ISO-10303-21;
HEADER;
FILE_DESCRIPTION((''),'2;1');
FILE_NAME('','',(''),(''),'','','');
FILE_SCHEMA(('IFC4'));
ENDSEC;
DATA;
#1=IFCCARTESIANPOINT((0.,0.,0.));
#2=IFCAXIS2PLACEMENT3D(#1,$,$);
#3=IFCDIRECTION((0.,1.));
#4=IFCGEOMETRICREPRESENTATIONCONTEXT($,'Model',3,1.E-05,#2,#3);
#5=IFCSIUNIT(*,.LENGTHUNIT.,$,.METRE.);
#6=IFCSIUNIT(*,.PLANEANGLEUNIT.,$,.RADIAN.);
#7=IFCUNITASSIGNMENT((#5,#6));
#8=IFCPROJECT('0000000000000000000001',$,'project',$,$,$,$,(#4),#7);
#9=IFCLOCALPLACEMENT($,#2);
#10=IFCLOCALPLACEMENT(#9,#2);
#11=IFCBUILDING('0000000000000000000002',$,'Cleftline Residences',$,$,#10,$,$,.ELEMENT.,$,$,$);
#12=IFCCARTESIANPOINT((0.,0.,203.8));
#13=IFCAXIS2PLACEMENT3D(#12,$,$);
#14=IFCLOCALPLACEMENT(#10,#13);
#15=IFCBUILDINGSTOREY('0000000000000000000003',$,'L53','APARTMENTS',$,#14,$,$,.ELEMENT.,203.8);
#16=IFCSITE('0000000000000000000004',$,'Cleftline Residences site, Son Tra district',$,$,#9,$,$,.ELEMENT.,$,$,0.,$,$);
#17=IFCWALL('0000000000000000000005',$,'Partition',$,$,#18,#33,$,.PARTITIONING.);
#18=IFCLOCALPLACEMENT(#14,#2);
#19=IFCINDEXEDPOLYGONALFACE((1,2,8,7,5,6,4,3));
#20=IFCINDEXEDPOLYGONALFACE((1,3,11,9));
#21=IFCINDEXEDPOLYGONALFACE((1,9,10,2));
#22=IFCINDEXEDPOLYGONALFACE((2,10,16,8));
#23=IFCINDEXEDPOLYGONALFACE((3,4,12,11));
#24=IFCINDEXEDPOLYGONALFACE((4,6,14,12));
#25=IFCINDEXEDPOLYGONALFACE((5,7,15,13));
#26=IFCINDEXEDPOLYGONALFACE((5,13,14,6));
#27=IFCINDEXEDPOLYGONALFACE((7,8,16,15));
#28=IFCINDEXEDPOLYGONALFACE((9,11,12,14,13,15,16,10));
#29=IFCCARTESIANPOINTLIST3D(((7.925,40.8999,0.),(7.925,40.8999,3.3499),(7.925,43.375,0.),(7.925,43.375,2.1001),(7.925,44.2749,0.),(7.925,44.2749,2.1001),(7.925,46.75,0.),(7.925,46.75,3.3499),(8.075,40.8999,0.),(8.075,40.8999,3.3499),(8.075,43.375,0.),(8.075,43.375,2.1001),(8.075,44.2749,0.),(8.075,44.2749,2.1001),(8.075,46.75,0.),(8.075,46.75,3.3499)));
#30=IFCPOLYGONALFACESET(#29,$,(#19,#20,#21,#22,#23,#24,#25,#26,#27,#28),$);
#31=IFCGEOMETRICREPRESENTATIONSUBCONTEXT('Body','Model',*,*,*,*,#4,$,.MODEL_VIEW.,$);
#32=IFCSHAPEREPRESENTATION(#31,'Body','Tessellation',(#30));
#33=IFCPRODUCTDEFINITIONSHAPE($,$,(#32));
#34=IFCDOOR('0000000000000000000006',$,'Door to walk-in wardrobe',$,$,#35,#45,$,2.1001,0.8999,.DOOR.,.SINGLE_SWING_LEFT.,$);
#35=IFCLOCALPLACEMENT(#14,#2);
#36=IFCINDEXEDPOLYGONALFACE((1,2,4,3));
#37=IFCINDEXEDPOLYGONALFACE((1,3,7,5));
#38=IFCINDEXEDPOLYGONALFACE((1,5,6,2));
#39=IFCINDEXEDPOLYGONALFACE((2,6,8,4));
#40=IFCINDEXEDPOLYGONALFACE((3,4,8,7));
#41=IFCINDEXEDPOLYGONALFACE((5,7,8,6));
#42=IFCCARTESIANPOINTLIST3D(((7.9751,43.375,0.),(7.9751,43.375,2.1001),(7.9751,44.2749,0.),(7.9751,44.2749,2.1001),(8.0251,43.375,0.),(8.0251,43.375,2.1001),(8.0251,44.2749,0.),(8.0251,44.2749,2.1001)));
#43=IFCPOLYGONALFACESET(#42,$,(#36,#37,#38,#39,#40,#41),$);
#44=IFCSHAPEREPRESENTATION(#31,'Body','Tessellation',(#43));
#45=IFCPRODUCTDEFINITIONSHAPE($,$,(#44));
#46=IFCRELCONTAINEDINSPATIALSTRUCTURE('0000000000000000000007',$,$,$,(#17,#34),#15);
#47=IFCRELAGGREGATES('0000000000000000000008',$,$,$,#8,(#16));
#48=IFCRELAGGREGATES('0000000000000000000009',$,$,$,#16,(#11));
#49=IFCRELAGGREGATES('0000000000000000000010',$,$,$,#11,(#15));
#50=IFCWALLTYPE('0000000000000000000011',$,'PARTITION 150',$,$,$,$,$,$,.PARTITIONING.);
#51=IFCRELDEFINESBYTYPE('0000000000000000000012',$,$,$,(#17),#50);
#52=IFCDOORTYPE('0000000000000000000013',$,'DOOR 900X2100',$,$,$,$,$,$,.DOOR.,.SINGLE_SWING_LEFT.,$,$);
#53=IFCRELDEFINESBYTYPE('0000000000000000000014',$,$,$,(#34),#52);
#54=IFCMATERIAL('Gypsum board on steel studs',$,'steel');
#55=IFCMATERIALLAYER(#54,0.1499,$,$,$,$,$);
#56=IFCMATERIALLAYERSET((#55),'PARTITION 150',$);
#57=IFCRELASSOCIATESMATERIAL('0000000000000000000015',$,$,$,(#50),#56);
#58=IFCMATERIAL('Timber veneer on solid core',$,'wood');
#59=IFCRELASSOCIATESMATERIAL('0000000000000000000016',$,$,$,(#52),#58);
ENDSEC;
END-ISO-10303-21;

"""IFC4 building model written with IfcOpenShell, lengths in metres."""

from ifc_helpers import new_model, si_unit, direction, frame, frame_2d, origin, place, context, subcontext, project, spatial, rectangle, extrude, material, layer, layer_set, type_object, element, fill, save


model = new_model("IFC4")

# Units and contexts
model_context = context("Model", 3, precision=1e-05, world=origin(), true_north=direction((0.0, 1.0)))
body_context = subcontext(model_context, "Body", "Model", "MODEL_VIEW")
ifc_project = project(units=[si_unit("LENGTHUNIT", "METRE"), si_unit("PLANEANGLEUNIT", "RADIAN")], contexts=[model_context])

# Site, building, storey
site_placement = place(None, origin())
site = spatial("IfcSite", under=ifc_project, at=site_placement, Name="Cleftline Residences site, Son Tra district", CompositionType="ELEMENT", RefElevation=0.0)
building_placement = place(site_placement, origin())
building = spatial("IfcBuilding", under=site, at=building_placement, Name="Cleftline Residences", CompositionType="ELEMENT")
storey_placement = place(building_placement, frame((0.0, 0.0, 203.8)))
storey = spatial("IfcBuildingStorey", under=building, at=storey_placement, Name="L53", Description="APARTMENTS", CompositionType="ELEMENT", Elevation=203.8)

# Wall, opening, door
ifc_material_1 = material(Name="Gypsum board on steel studs", Category="steel")
ifc_layer_1 = layer(ifc_material_1, 0.1499)
ifc_layer_set_1 = layer_set([ifc_layer_1], Name="PARTITION 150")
wall_type_1 = type_object("IfcWallType", Name="PARTITION 150", PredefinedType="PARTITIONING", material=ifc_layer_set_1)
wall_1_placement = place(storey_placement, frame((8.0, 40.8999, 0.0), z_axis=(0.0, 0.0, 1.0), x_axis=(0.0, 1.0, 0.0)))
wall_1 = element("IfcWall", 1, at=wall_1_placement, inside=storey, type_object=wall_type_1, Name="Partition", PredefinedType="PARTITIONING", context=body_context, shape_type="SweptSolid", body=[
    extrude(rectangle(XDim=5.8501, YDim=0.1499, at=frame_2d((2.925, 0.0))), origin(), (0.0, 0.0, 1.0), 3.3499),
])
opening_1_placement = place(wall_1_placement, frame((2.4751, 0.0, 0.0)))
opening_1 = element("IfcOpeningElement", 2, at=opening_1_placement, cuts=wall_1, PredefinedType="OPENING", context=body_context, shape_type="SweptSolid", body=[
    extrude(rectangle(XDim=0.8999, YDim=2.1001, at=frame_2d((0.45, 1.05))), frame((0.0, 0.085, 0.0), z_axis=(0.0, -1.0, 0.0), x_axis=(1.0, 0.0, 0.0)), (0.0, 0.0, 1.0), 0.1699),
])
ifc_material_2 = material(Name="Timber veneer on solid core", Category="wood")
door_type = type_object("IfcDoorType", Name="DOOR 900X2100", OperationType="SINGLE_SWING_LEFT", PredefinedType="DOOR", material=ifc_material_2)
door_placement = place(opening_1_placement, origin())
door = element("IfcDoor", 3, at=door_placement, inside=storey, type_object=door_type, Name="Door to walk-in wardrobe", OperationType="SINGLE_SWING_LEFT", OverallHeight=2.1001, OverallWidth=0.8999, PredefinedType="DOOR", context=body_context, shape_type="SweptSolid", body=[
    extrude(rectangle(XDim=0.8999, YDim=2.1001, at=frame_2d((0.45, 1.05))), frame((0.0, 0.0249, 0.0), z_axis=(0.0, -1.0, 0.0), x_axis=(1.0, 0.0, 0.0)), (0.0, 0.0, 1.0), 0.05),
])
fill(opening_1, door)

save(model, "model.ifc")
